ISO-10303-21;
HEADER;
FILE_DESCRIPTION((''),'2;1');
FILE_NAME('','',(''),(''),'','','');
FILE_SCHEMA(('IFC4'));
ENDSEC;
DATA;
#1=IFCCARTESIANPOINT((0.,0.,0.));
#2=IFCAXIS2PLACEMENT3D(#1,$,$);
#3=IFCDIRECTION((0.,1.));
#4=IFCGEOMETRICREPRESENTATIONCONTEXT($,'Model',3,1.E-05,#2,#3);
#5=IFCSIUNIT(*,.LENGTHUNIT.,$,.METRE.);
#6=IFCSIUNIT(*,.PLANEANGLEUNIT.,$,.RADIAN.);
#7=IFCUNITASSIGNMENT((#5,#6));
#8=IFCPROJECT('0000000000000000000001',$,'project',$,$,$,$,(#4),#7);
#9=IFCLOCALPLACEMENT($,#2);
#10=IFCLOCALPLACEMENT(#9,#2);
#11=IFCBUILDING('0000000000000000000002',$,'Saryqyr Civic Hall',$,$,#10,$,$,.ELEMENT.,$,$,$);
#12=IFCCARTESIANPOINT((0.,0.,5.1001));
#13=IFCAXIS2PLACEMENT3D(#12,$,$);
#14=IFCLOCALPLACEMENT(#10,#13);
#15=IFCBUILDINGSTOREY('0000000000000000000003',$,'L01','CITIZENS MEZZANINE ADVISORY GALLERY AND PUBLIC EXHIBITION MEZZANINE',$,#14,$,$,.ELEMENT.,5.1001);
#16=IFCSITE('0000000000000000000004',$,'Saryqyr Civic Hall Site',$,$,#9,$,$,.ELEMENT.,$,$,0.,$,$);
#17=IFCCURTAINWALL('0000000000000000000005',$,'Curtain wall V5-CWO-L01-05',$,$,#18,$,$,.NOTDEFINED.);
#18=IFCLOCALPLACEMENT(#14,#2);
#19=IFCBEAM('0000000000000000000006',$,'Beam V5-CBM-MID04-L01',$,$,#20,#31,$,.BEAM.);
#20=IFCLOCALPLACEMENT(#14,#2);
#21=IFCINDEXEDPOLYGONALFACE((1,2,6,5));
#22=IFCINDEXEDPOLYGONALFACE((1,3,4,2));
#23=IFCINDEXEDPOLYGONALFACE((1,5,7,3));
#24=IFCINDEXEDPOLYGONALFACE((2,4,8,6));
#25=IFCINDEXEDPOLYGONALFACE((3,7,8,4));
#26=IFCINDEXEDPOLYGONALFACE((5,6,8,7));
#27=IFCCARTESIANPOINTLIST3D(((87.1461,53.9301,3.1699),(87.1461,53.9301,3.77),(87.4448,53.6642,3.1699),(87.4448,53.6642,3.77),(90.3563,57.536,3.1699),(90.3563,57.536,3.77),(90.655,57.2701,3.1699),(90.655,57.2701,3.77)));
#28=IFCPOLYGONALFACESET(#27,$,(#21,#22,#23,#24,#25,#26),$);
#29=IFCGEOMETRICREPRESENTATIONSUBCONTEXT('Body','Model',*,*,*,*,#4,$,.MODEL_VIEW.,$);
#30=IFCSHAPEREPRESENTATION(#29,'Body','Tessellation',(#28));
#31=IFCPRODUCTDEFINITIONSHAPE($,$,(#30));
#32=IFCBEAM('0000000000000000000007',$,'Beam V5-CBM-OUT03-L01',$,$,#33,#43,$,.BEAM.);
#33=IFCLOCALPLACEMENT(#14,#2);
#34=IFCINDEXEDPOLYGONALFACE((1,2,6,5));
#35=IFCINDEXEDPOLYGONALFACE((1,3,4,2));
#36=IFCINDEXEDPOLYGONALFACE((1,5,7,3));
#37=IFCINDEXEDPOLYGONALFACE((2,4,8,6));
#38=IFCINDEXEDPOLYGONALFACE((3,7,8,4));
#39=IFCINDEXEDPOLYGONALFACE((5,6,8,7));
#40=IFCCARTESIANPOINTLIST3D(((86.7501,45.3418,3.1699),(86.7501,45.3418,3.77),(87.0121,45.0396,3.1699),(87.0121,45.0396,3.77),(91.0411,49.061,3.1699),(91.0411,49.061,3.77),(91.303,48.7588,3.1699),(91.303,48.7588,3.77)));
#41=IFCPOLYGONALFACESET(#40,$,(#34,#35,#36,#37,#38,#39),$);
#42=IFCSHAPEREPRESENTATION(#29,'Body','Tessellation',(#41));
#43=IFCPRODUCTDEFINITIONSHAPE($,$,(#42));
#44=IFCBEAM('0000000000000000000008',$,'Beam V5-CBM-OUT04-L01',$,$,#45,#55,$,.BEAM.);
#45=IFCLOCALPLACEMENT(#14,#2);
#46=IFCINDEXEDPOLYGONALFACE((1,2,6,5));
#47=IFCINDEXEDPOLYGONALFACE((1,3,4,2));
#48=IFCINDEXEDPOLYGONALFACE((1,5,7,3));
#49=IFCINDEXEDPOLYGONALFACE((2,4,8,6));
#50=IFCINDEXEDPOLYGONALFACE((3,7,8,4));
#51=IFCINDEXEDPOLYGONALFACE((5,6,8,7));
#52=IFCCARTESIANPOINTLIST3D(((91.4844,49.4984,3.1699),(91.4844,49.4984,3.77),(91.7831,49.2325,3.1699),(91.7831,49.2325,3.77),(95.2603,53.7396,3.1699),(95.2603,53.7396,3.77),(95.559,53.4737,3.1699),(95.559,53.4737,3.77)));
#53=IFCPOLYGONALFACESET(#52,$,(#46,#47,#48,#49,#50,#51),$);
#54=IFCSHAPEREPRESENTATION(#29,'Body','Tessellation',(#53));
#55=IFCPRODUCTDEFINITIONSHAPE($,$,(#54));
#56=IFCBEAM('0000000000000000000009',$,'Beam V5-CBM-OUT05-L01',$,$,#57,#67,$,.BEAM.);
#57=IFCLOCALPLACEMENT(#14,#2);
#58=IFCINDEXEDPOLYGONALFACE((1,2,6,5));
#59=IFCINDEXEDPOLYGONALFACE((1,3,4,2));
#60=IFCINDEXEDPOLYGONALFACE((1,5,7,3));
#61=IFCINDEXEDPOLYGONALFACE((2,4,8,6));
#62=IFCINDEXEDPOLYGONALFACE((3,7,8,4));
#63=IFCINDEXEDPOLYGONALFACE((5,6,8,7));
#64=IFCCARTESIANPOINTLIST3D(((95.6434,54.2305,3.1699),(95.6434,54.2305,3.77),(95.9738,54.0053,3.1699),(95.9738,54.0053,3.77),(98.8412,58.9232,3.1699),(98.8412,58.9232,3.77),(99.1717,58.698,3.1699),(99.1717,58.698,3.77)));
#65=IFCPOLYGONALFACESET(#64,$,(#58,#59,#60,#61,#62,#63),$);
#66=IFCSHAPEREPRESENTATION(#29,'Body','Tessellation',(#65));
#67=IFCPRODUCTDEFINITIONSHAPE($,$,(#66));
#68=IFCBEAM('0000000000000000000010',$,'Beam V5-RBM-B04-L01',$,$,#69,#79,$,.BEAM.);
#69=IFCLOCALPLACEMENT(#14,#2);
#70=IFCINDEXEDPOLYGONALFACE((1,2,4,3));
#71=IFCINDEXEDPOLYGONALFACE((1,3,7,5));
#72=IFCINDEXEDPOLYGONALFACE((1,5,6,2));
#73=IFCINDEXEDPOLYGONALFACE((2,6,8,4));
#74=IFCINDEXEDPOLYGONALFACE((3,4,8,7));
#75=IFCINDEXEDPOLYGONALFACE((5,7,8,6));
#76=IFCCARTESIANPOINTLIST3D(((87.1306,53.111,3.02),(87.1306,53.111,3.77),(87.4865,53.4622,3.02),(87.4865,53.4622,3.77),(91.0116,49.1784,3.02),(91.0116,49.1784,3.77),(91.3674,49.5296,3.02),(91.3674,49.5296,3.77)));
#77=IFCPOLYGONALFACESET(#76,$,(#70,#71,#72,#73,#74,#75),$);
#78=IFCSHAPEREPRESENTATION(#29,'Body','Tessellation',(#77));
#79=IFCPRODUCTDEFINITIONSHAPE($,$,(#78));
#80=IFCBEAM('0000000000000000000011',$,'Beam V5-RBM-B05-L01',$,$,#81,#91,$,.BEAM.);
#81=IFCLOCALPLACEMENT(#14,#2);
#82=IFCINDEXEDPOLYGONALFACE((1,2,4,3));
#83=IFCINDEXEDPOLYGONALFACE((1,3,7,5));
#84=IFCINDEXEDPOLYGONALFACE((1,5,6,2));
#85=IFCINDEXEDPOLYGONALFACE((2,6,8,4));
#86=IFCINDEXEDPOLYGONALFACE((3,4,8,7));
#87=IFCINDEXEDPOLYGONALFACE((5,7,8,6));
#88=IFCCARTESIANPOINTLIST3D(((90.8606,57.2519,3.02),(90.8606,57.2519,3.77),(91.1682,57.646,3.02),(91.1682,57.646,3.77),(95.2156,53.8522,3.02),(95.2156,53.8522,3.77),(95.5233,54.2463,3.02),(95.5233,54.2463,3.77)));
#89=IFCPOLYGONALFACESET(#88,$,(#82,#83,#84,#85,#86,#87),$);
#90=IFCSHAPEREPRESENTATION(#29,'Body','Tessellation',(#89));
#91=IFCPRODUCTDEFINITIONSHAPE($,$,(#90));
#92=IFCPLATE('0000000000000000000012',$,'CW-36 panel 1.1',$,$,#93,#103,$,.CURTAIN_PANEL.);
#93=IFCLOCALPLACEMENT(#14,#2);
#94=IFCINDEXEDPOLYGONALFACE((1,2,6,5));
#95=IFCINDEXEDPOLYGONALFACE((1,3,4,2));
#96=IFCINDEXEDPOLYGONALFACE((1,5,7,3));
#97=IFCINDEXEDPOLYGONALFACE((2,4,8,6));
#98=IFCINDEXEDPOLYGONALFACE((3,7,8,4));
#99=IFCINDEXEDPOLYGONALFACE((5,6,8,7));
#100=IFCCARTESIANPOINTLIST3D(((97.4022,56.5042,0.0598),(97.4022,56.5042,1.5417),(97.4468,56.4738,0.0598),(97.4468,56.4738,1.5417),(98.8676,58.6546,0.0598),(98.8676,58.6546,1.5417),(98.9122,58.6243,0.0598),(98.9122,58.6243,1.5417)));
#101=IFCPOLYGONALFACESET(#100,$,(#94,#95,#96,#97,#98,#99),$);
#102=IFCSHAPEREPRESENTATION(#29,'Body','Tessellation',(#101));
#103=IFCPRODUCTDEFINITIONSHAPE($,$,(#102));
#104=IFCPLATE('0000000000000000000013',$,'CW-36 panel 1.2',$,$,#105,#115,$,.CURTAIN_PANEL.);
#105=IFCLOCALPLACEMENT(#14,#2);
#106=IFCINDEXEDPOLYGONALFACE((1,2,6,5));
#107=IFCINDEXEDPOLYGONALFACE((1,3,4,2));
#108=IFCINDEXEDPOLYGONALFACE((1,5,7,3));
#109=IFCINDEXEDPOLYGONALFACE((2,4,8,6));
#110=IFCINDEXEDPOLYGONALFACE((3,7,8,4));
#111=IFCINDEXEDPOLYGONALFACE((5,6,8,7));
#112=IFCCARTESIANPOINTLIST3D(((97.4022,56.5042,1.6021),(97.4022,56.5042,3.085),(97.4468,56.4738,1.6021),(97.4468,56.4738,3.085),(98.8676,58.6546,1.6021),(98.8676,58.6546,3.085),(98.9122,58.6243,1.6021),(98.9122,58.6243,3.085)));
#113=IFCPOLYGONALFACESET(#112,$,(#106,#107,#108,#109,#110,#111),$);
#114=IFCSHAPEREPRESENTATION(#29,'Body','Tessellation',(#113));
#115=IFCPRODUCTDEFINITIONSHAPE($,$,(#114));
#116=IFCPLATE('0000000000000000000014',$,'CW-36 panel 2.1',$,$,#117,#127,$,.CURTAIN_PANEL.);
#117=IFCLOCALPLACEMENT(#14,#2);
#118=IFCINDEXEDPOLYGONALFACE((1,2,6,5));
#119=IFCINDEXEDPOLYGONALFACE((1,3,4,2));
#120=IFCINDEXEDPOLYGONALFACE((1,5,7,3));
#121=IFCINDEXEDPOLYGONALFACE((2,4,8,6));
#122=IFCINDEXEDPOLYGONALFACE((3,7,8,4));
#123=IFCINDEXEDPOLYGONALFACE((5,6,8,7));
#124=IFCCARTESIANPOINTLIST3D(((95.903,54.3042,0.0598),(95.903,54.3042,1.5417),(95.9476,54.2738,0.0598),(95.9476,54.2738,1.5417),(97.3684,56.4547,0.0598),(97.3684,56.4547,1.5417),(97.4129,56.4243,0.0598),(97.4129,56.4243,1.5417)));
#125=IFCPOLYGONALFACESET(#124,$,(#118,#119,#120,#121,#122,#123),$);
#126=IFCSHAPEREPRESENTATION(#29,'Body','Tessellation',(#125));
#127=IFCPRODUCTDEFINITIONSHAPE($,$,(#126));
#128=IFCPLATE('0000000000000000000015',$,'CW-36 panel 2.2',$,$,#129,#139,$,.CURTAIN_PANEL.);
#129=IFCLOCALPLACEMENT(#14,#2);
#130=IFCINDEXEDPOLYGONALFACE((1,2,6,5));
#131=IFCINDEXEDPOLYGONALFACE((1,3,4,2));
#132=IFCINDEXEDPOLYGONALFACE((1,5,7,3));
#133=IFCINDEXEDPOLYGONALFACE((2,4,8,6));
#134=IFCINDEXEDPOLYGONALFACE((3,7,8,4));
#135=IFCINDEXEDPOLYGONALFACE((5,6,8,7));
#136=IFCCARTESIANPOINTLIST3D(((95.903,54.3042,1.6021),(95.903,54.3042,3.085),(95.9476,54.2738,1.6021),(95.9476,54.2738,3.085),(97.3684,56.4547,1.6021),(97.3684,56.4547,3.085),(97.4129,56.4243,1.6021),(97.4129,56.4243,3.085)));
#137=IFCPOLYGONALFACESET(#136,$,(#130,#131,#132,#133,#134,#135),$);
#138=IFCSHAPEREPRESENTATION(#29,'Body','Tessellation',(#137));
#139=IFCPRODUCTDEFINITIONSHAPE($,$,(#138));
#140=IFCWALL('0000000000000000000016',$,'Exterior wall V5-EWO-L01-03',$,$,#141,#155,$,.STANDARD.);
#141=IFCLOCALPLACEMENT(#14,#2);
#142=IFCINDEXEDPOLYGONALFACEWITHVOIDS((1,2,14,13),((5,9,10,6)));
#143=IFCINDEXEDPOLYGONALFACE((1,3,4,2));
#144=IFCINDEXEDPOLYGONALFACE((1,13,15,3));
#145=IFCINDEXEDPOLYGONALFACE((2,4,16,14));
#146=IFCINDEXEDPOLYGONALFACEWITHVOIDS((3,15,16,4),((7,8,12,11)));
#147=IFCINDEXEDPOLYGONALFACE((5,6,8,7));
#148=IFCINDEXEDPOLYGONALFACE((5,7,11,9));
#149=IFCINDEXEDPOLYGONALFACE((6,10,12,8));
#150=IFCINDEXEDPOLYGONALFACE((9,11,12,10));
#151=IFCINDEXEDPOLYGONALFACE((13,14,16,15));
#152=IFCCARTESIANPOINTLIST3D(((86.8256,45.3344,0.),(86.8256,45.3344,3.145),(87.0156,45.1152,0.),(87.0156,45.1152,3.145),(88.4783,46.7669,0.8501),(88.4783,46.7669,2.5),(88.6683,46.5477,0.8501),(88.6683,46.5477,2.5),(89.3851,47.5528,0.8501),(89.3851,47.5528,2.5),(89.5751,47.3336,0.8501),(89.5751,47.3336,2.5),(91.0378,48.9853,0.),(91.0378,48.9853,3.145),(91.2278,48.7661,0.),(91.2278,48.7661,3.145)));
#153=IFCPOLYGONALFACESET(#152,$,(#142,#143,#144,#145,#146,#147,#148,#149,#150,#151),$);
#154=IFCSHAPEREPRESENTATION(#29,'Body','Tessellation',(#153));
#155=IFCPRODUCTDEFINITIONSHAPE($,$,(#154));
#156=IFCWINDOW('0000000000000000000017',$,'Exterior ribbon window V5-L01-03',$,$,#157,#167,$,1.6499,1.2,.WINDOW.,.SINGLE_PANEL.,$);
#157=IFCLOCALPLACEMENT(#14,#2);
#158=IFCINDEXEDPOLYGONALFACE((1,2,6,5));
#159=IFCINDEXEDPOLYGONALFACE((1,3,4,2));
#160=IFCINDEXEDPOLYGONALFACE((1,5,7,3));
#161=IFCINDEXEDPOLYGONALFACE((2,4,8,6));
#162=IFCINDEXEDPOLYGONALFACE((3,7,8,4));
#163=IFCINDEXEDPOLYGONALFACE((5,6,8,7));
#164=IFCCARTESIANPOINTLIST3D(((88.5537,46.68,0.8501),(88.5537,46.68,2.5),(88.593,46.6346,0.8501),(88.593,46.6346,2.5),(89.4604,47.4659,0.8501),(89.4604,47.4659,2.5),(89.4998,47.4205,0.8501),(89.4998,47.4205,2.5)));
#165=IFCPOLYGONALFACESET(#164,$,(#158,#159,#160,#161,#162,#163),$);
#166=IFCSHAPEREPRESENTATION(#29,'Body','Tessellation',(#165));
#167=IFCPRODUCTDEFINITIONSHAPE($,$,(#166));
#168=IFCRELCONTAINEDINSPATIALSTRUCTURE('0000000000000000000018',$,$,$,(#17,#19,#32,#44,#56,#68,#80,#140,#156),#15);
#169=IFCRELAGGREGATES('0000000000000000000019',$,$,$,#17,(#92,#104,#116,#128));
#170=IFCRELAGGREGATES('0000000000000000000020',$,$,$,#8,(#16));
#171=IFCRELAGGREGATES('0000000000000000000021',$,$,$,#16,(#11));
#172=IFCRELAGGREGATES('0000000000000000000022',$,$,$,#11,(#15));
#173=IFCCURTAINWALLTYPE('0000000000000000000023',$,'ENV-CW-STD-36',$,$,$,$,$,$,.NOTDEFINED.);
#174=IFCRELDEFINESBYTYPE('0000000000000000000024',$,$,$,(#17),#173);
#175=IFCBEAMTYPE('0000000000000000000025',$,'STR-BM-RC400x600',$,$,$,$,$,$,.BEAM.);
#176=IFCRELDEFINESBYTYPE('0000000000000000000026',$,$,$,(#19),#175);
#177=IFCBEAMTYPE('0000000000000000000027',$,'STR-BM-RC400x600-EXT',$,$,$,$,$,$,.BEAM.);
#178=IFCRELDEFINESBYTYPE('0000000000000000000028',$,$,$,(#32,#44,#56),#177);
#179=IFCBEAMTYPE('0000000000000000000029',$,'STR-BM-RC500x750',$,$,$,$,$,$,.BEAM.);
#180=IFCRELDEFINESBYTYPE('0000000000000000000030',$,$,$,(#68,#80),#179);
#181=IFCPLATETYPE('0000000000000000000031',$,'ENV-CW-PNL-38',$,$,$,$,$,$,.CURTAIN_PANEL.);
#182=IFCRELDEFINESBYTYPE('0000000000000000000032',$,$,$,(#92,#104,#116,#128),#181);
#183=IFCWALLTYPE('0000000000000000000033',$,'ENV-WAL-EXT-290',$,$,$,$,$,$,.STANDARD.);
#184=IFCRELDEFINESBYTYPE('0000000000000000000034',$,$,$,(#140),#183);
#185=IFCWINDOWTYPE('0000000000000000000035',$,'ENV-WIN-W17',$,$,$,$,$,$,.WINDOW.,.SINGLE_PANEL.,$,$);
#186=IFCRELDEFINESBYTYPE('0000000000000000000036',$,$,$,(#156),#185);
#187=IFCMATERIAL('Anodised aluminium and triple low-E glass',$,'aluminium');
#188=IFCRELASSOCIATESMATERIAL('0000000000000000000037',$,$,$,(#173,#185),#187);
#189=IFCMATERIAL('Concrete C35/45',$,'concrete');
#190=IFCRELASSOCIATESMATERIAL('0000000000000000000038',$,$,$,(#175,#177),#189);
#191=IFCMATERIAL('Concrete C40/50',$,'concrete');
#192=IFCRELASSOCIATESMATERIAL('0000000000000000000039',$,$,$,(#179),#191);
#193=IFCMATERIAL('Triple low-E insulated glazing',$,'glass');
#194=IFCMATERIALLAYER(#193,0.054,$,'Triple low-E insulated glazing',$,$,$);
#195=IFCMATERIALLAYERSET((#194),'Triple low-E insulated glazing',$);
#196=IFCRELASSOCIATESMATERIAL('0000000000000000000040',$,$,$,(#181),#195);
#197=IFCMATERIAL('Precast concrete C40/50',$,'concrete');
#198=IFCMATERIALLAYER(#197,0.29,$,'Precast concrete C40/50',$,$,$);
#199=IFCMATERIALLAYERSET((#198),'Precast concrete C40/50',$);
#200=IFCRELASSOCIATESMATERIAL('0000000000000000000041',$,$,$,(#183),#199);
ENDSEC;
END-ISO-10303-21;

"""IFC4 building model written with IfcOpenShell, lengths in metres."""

from ifc_helpers import new_model, si_unit, direction, frame, frame_2d, origin, origin_2d, place, context, subcontext, project, spatial, rectangle, extrude, material, layer, layer_set, material_profile, profile_set, type_object, element, fill, aggregate, save


model = new_model("IFC4")

# Units and contexts
model_context = context("Model", 3, precision=1e-05, world=origin(), true_north=direction((0.0, 1.0)))
body_context = subcontext(model_context, "Body", "Model", "MODEL_VIEW")
ifc_project = project(units=[si_unit("LENGTHUNIT", "METRE"), si_unit("PLANEANGLEUNIT", "RADIAN")], contexts=[model_context])

# Site, building, storey
site_placement = place(None, origin())
site = spatial("IfcSite", under=ifc_project, at=site_placement, Name="Saryqyr Civic Hall Site", CompositionType="ELEMENT", RefElevation=0.0)
building_placement = place(site_placement, origin())
building = spatial("IfcBuilding", under=site, at=building_placement, Name="Saryqyr Civic Hall", CompositionType="ELEMENT")
storey_placement = place(building_placement, frame((0.0, 0.0, 5.1001)))
storey = spatial("IfcBuildingStorey", under=building, at=storey_placement, Name="L01", Description="CITIZENS MEZZANINE ADVISORY GALLERY AND PUBLIC EXHIBITION MEZZANINE", CompositionType="ELEMENT", Elevation=5.1001)

# Shared definitions
ifc_material_1 = material(Name="Concrete C40/50", Category="concrete")

# Shared definitions
ifc_material_2 = material(Name="Anodised aluminium and triple low-E glass", Category="aluminium")
curtain_wall_type = type_object("IfcCurtainWallType", Name="ENV-CW-STD-36", PredefinedType="NOTDEFINED", material=ifc_material_2)

# Curtain wall
curtain_wall_1_placement = place(storey_placement, origin())
curtain_wall_1 = element("IfcCurtainWall", 1, at=curtain_wall_1_placement, inside=storey, type_object=curtain_wall_type, Name="Curtain wall V5-CWO-L01-05", PredefinedType="NOTDEFINED")

# Shared definitions
ifc_material_3 = material(Name="Precast concrete C40/50", Category="concrete")

# Beams
ifc_material_4 = material(Name="Concrete C35/45", Category="concrete")
ifc_material_profile_1 = material_profile(ifc_material_4, rectangle(XDim=0.3999, YDim=0.6001, at=origin_2d()), Name="RC 400x600")
ifc_profile_set_1 = profile_set([ifc_material_profile_1], Name="Concrete C35/45")
beam_type_1 = type_object("IfcBeamType", Name="STR-BM-RC400x600", PredefinedType="BEAM", material=ifc_profile_set_1)
beam_1_placement = place(storey_placement, frame((87.2954, 53.7971, 3.47), z_axis=(0.664932, 0.746904, 0.0), x_axis=(-0.746904, 0.664932, 0.0)))
element("IfcBeam", 2, at=beam_1_placement, inside=storey, type_object=beam_type_1, Name="Beam V5-CBM-MID04-L01", PredefinedType="BEAM", context=body_context, shape_type="SweptSolid", body=[
    extrude(rectangle(XDim=0.3999, YDim=0.6001, at=origin_2d()), origin(), (0.0, 0.0, 1.0), 4.8279),
])
ifc_material_profile_2 = material_profile(ifc_material_4, rectangle(XDim=0.3999, YDim=0.6001, at=origin_2d()), Name="RC 400x600")
ifc_profile_set_2 = profile_set([ifc_material_profile_2], Name="Concrete C35/45")
beam_type_2 = type_object("IfcBeamType", Name="STR-BM-RC400x600-EXT", PredefinedType="BEAM", material=ifc_profile_set_2)
for number, where, z_axis, x_axis, name in (
    (3, (86.8811, 45.1907, 3.47), (0.755658, 0.654967, 0.0), (-0.654967, 0.755658, 0.0), "Beam V5-CBM-OUT03-L01"),
    (4, (91.6338, 49.3655, 3.47), (0.664945, 0.746892, 0.0), (-0.746892, 0.664945, 0.0), "Beam V5-CBM-OUT04-L01"),
):
    element("IfcBeam", number, at=place(storey_placement, frame(where, z_axis=z_axis, x_axis=x_axis)), inside=storey, type_object=beam_type_2, Name=name, PredefinedType="BEAM", context=body_context, shape_type="SweptSolid", body=[
        extrude(rectangle(XDim=0.3999, YDim=0.6001, at=origin_2d()), origin(), (0.0, 0.0, 1.0), 5.6785),
    ])
beam_2_placement = place(storey_placement, frame((95.8086, 54.1179, 3.47), z_axis=(0.563125, 0.826372, 0.0), x_axis=(-0.826372, 0.563125, 0.0)))
element("IfcBeam", 5, at=beam_2_placement, inside=storey, type_object=beam_type_2, Name="Beam V5-CBM-OUT05-L01", PredefinedType="BEAM", context=body_context, shape_type="SweptSolid", body=[
    extrude(rectangle(XDim=0.3999, YDim=0.6001, at=origin_2d()), origin(), (0.0, 0.0, 1.0), 5.6787),
])
ifc_material_profile_3 = material_profile(ifc_material_1, rectangle(XDim=0.5, YDim=0.75, at=origin_2d()), Name="RC 500x750")
ifc_profile_set_3 = profile_set([ifc_material_profile_3], Name="Concrete C40/50")
beam_type_3 = type_object("IfcBeamType", Name="STR-BM-RC500x750", PredefinedType="BEAM", material=ifc_profile_set_3)
beam_3_placement = place(storey_placement, frame((87.3086, 53.2866, 3.395), z_axis=(0.702407, -0.711775, 0.0), x_axis=(0.711775, 0.702407, 0.0)))
element("IfcBeam", 6, at=beam_3_placement, inside=storey, type_object=beam_type_3, Name="Beam V5-RBM-B04-L01", PredefinedType="BEAM", context=body_context, shape_type="SweptSolid", body=[
    extrude(rectangle(XDim=0.5, YDim=0.75, at=origin_2d()), origin(), (0.0, 0.0, 1.0), 5.5251),
])
beam_4_placement = place(storey_placement, frame((91.0144, 57.449, 3.395), z_axis=(0.788259, -0.615344, 0.0), x_axis=(0.615344, 0.788259, 0.0)))
element("IfcBeam", 7, at=beam_4_placement, inside=storey, type_object=beam_type_3, Name="Beam V5-RBM-B05-L01", PredefinedType="BEAM", context=body_context, shape_type="SweptSolid", body=[
    extrude(rectangle(XDim=0.5, YDim=0.75, at=origin_2d()), origin(), (0.0, 0.0, 1.0), 5.5249),
])

# Plates
ifc_material_5 = material(Name="Triple low-E insulated glazing", Category="glass")
ifc_layer_1 = layer(ifc_material_5, 0.054, Name="Triple low-E insulated glazing")
ifc_layer_set_1 = layer_set([ifc_layer_1], Name="Triple low-E insulated glazing")
plate_type = type_object("IfcPlateType", Name="ENV-CW-PNL-38", PredefinedType="CURTAIN_PANEL", material=ifc_layer_set_1)
plate_1_placement = place(storey_placement, frame((98.1572, 57.5642, 0.0598), z_axis=(0.0, 0.0, 1.0), x_axis=(-0.56311, -0.826382, 0.0)))
plate_1 = element("IfcPlate", 8, at=plate_1_placement, type_object=plate_type, Name="CW-36 panel 1.1", PredefinedType="CURTAIN_PANEL", context=body_context, shape_type="SweptSolid", body=[
    extrude(rectangle(XDim=2.6023, YDim=0.054, at=origin_2d()), origin(), (0.0, 0.0, 1.0), 1.4819),
])
plate_2_placement = place(storey_placement, frame((98.1572, 57.5642, 1.6021), z_axis=(0.0, 0.0, 1.0), x_axis=(-0.56311, -0.826382, 0.0)))
plate_2 = element("IfcPlate", 9, at=plate_2_placement, type_object=plate_type, Name="CW-36 panel 1.2", PredefinedType="CURTAIN_PANEL", context=body_context, shape_type="SweptSolid", body=[
    extrude(rectangle(XDim=2.6023, YDim=0.054, at=origin_2d()), origin(), (0.0, 0.0, 1.0), 1.4829),
])
plate_3_placement = place(storey_placement, frame((96.658, 55.3643, 0.0598), z_axis=(0.0, 0.0, 1.0), x_axis=(-0.56311, -0.826382, 0.0)))
plate_3 = element("IfcPlate", 10, at=plate_3_placement, type_object=plate_type, Name="CW-36 panel 2.1", PredefinedType="CURTAIN_PANEL", context=body_context, shape_type="SweptSolid", body=[
    extrude(rectangle(XDim=2.6023, YDim=0.054, at=origin_2d()), origin(), (0.0, 0.0, 1.0), 1.4819),
])
plate_4_placement = place(storey_placement, frame((96.658, 55.3643, 1.6021), z_axis=(0.0, 0.0, 1.0), x_axis=(-0.56311, -0.826382, 0.0)))
plate_4 = element("IfcPlate", 11, at=plate_4_placement, type_object=plate_type, Name="CW-36 panel 2.2", PredefinedType="CURTAIN_PANEL", context=body_context, shape_type="SweptSolid", body=[
    extrude(rectangle(XDim=2.6023, YDim=0.054, at=origin_2d()), origin(), (0.0, 0.0, 1.0), 1.4829),
])
aggregate(curtain_wall_1, [plate_1, plate_2, plate_3, plate_4])

# Wall, opening, window
ifc_layer_2 = layer(ifc_material_3, 0.29, Name="Precast concrete C40/50")
ifc_layer_set_2 = layer_set([ifc_layer_2], Name="Precast concrete C40/50")
wall_type_1 = type_object("IfcWallType", Name="ENV-WAL-EXT-290", PredefinedType="STANDARD", material=ifc_layer_set_2)
wall_1_placement = place(storey_placement, frame((91.1328, 48.8757, 0.0), z_axis=(0.0, 0.0, 1.0), x_axis=(-0.755659, -0.654966, 0.0)))
wall_1 = element("IfcWall", 12, at=wall_1_placement, inside=storey, type_object=wall_type_1, Name="Exterior wall V5-EWO-L01-03", PredefinedType="STANDARD", context=body_context, shape_type="SweptSolid", body=[
    extrude(rectangle(XDim=5.5742, YDim=0.29, at=frame_2d((2.7871, 0.0))), origin(), (0.0, 0.0, 1.0), 3.145),
])
opening_1_placement = place(wall_1_placement, frame((2.187, 0.0, 0.8501)))
opening_1 = element("IfcOpeningElement", 13, at=opening_1_placement, cuts=wall_1, PredefinedType="OPENING", context=body_context, shape_type="SweptSolid", body=[
    extrude(rectangle(XDim=1.2, YDim=1.6499, at=frame_2d((0.6001, 0.825))), frame((0.0, 0.155, 0.0), z_axis=(0.0, -1.0, 0.0), x_axis=(1.0, 0.0, 0.0)), (0.0, 0.0, 1.0), 0.3101),
])
window_type_1 = type_object("IfcWindowType", Name="ENV-WIN-W17", PartitioningType="SINGLE_PANEL", PredefinedType="WINDOW", material=ifc_material_2)
window_1_placement = place(opening_1_placement, origin())
window_1 = element("IfcWindow", 14, at=window_1_placement, inside=storey, type_object=window_type_1, Name="Exterior ribbon window V5-L01-03", OverallHeight=1.6499, OverallWidth=1.2, PartitioningType="SINGLE_PANEL", PredefinedType="WINDOW", context=body_context, shape_type="SweptSolid", body=[
    extrude(rectangle(XDim=1.2, YDim=1.6499, at=frame_2d((0.6001, 0.825))), frame((0.0, 0.03, 0.0), z_axis=(0.0, -1.0, 0.0), x_axis=(1.0, 0.0, 0.0)), (0.0, 0.0, 1.0), 0.0601),
])
fill(opening_1, window_1)

save(model, "model.ifc")
